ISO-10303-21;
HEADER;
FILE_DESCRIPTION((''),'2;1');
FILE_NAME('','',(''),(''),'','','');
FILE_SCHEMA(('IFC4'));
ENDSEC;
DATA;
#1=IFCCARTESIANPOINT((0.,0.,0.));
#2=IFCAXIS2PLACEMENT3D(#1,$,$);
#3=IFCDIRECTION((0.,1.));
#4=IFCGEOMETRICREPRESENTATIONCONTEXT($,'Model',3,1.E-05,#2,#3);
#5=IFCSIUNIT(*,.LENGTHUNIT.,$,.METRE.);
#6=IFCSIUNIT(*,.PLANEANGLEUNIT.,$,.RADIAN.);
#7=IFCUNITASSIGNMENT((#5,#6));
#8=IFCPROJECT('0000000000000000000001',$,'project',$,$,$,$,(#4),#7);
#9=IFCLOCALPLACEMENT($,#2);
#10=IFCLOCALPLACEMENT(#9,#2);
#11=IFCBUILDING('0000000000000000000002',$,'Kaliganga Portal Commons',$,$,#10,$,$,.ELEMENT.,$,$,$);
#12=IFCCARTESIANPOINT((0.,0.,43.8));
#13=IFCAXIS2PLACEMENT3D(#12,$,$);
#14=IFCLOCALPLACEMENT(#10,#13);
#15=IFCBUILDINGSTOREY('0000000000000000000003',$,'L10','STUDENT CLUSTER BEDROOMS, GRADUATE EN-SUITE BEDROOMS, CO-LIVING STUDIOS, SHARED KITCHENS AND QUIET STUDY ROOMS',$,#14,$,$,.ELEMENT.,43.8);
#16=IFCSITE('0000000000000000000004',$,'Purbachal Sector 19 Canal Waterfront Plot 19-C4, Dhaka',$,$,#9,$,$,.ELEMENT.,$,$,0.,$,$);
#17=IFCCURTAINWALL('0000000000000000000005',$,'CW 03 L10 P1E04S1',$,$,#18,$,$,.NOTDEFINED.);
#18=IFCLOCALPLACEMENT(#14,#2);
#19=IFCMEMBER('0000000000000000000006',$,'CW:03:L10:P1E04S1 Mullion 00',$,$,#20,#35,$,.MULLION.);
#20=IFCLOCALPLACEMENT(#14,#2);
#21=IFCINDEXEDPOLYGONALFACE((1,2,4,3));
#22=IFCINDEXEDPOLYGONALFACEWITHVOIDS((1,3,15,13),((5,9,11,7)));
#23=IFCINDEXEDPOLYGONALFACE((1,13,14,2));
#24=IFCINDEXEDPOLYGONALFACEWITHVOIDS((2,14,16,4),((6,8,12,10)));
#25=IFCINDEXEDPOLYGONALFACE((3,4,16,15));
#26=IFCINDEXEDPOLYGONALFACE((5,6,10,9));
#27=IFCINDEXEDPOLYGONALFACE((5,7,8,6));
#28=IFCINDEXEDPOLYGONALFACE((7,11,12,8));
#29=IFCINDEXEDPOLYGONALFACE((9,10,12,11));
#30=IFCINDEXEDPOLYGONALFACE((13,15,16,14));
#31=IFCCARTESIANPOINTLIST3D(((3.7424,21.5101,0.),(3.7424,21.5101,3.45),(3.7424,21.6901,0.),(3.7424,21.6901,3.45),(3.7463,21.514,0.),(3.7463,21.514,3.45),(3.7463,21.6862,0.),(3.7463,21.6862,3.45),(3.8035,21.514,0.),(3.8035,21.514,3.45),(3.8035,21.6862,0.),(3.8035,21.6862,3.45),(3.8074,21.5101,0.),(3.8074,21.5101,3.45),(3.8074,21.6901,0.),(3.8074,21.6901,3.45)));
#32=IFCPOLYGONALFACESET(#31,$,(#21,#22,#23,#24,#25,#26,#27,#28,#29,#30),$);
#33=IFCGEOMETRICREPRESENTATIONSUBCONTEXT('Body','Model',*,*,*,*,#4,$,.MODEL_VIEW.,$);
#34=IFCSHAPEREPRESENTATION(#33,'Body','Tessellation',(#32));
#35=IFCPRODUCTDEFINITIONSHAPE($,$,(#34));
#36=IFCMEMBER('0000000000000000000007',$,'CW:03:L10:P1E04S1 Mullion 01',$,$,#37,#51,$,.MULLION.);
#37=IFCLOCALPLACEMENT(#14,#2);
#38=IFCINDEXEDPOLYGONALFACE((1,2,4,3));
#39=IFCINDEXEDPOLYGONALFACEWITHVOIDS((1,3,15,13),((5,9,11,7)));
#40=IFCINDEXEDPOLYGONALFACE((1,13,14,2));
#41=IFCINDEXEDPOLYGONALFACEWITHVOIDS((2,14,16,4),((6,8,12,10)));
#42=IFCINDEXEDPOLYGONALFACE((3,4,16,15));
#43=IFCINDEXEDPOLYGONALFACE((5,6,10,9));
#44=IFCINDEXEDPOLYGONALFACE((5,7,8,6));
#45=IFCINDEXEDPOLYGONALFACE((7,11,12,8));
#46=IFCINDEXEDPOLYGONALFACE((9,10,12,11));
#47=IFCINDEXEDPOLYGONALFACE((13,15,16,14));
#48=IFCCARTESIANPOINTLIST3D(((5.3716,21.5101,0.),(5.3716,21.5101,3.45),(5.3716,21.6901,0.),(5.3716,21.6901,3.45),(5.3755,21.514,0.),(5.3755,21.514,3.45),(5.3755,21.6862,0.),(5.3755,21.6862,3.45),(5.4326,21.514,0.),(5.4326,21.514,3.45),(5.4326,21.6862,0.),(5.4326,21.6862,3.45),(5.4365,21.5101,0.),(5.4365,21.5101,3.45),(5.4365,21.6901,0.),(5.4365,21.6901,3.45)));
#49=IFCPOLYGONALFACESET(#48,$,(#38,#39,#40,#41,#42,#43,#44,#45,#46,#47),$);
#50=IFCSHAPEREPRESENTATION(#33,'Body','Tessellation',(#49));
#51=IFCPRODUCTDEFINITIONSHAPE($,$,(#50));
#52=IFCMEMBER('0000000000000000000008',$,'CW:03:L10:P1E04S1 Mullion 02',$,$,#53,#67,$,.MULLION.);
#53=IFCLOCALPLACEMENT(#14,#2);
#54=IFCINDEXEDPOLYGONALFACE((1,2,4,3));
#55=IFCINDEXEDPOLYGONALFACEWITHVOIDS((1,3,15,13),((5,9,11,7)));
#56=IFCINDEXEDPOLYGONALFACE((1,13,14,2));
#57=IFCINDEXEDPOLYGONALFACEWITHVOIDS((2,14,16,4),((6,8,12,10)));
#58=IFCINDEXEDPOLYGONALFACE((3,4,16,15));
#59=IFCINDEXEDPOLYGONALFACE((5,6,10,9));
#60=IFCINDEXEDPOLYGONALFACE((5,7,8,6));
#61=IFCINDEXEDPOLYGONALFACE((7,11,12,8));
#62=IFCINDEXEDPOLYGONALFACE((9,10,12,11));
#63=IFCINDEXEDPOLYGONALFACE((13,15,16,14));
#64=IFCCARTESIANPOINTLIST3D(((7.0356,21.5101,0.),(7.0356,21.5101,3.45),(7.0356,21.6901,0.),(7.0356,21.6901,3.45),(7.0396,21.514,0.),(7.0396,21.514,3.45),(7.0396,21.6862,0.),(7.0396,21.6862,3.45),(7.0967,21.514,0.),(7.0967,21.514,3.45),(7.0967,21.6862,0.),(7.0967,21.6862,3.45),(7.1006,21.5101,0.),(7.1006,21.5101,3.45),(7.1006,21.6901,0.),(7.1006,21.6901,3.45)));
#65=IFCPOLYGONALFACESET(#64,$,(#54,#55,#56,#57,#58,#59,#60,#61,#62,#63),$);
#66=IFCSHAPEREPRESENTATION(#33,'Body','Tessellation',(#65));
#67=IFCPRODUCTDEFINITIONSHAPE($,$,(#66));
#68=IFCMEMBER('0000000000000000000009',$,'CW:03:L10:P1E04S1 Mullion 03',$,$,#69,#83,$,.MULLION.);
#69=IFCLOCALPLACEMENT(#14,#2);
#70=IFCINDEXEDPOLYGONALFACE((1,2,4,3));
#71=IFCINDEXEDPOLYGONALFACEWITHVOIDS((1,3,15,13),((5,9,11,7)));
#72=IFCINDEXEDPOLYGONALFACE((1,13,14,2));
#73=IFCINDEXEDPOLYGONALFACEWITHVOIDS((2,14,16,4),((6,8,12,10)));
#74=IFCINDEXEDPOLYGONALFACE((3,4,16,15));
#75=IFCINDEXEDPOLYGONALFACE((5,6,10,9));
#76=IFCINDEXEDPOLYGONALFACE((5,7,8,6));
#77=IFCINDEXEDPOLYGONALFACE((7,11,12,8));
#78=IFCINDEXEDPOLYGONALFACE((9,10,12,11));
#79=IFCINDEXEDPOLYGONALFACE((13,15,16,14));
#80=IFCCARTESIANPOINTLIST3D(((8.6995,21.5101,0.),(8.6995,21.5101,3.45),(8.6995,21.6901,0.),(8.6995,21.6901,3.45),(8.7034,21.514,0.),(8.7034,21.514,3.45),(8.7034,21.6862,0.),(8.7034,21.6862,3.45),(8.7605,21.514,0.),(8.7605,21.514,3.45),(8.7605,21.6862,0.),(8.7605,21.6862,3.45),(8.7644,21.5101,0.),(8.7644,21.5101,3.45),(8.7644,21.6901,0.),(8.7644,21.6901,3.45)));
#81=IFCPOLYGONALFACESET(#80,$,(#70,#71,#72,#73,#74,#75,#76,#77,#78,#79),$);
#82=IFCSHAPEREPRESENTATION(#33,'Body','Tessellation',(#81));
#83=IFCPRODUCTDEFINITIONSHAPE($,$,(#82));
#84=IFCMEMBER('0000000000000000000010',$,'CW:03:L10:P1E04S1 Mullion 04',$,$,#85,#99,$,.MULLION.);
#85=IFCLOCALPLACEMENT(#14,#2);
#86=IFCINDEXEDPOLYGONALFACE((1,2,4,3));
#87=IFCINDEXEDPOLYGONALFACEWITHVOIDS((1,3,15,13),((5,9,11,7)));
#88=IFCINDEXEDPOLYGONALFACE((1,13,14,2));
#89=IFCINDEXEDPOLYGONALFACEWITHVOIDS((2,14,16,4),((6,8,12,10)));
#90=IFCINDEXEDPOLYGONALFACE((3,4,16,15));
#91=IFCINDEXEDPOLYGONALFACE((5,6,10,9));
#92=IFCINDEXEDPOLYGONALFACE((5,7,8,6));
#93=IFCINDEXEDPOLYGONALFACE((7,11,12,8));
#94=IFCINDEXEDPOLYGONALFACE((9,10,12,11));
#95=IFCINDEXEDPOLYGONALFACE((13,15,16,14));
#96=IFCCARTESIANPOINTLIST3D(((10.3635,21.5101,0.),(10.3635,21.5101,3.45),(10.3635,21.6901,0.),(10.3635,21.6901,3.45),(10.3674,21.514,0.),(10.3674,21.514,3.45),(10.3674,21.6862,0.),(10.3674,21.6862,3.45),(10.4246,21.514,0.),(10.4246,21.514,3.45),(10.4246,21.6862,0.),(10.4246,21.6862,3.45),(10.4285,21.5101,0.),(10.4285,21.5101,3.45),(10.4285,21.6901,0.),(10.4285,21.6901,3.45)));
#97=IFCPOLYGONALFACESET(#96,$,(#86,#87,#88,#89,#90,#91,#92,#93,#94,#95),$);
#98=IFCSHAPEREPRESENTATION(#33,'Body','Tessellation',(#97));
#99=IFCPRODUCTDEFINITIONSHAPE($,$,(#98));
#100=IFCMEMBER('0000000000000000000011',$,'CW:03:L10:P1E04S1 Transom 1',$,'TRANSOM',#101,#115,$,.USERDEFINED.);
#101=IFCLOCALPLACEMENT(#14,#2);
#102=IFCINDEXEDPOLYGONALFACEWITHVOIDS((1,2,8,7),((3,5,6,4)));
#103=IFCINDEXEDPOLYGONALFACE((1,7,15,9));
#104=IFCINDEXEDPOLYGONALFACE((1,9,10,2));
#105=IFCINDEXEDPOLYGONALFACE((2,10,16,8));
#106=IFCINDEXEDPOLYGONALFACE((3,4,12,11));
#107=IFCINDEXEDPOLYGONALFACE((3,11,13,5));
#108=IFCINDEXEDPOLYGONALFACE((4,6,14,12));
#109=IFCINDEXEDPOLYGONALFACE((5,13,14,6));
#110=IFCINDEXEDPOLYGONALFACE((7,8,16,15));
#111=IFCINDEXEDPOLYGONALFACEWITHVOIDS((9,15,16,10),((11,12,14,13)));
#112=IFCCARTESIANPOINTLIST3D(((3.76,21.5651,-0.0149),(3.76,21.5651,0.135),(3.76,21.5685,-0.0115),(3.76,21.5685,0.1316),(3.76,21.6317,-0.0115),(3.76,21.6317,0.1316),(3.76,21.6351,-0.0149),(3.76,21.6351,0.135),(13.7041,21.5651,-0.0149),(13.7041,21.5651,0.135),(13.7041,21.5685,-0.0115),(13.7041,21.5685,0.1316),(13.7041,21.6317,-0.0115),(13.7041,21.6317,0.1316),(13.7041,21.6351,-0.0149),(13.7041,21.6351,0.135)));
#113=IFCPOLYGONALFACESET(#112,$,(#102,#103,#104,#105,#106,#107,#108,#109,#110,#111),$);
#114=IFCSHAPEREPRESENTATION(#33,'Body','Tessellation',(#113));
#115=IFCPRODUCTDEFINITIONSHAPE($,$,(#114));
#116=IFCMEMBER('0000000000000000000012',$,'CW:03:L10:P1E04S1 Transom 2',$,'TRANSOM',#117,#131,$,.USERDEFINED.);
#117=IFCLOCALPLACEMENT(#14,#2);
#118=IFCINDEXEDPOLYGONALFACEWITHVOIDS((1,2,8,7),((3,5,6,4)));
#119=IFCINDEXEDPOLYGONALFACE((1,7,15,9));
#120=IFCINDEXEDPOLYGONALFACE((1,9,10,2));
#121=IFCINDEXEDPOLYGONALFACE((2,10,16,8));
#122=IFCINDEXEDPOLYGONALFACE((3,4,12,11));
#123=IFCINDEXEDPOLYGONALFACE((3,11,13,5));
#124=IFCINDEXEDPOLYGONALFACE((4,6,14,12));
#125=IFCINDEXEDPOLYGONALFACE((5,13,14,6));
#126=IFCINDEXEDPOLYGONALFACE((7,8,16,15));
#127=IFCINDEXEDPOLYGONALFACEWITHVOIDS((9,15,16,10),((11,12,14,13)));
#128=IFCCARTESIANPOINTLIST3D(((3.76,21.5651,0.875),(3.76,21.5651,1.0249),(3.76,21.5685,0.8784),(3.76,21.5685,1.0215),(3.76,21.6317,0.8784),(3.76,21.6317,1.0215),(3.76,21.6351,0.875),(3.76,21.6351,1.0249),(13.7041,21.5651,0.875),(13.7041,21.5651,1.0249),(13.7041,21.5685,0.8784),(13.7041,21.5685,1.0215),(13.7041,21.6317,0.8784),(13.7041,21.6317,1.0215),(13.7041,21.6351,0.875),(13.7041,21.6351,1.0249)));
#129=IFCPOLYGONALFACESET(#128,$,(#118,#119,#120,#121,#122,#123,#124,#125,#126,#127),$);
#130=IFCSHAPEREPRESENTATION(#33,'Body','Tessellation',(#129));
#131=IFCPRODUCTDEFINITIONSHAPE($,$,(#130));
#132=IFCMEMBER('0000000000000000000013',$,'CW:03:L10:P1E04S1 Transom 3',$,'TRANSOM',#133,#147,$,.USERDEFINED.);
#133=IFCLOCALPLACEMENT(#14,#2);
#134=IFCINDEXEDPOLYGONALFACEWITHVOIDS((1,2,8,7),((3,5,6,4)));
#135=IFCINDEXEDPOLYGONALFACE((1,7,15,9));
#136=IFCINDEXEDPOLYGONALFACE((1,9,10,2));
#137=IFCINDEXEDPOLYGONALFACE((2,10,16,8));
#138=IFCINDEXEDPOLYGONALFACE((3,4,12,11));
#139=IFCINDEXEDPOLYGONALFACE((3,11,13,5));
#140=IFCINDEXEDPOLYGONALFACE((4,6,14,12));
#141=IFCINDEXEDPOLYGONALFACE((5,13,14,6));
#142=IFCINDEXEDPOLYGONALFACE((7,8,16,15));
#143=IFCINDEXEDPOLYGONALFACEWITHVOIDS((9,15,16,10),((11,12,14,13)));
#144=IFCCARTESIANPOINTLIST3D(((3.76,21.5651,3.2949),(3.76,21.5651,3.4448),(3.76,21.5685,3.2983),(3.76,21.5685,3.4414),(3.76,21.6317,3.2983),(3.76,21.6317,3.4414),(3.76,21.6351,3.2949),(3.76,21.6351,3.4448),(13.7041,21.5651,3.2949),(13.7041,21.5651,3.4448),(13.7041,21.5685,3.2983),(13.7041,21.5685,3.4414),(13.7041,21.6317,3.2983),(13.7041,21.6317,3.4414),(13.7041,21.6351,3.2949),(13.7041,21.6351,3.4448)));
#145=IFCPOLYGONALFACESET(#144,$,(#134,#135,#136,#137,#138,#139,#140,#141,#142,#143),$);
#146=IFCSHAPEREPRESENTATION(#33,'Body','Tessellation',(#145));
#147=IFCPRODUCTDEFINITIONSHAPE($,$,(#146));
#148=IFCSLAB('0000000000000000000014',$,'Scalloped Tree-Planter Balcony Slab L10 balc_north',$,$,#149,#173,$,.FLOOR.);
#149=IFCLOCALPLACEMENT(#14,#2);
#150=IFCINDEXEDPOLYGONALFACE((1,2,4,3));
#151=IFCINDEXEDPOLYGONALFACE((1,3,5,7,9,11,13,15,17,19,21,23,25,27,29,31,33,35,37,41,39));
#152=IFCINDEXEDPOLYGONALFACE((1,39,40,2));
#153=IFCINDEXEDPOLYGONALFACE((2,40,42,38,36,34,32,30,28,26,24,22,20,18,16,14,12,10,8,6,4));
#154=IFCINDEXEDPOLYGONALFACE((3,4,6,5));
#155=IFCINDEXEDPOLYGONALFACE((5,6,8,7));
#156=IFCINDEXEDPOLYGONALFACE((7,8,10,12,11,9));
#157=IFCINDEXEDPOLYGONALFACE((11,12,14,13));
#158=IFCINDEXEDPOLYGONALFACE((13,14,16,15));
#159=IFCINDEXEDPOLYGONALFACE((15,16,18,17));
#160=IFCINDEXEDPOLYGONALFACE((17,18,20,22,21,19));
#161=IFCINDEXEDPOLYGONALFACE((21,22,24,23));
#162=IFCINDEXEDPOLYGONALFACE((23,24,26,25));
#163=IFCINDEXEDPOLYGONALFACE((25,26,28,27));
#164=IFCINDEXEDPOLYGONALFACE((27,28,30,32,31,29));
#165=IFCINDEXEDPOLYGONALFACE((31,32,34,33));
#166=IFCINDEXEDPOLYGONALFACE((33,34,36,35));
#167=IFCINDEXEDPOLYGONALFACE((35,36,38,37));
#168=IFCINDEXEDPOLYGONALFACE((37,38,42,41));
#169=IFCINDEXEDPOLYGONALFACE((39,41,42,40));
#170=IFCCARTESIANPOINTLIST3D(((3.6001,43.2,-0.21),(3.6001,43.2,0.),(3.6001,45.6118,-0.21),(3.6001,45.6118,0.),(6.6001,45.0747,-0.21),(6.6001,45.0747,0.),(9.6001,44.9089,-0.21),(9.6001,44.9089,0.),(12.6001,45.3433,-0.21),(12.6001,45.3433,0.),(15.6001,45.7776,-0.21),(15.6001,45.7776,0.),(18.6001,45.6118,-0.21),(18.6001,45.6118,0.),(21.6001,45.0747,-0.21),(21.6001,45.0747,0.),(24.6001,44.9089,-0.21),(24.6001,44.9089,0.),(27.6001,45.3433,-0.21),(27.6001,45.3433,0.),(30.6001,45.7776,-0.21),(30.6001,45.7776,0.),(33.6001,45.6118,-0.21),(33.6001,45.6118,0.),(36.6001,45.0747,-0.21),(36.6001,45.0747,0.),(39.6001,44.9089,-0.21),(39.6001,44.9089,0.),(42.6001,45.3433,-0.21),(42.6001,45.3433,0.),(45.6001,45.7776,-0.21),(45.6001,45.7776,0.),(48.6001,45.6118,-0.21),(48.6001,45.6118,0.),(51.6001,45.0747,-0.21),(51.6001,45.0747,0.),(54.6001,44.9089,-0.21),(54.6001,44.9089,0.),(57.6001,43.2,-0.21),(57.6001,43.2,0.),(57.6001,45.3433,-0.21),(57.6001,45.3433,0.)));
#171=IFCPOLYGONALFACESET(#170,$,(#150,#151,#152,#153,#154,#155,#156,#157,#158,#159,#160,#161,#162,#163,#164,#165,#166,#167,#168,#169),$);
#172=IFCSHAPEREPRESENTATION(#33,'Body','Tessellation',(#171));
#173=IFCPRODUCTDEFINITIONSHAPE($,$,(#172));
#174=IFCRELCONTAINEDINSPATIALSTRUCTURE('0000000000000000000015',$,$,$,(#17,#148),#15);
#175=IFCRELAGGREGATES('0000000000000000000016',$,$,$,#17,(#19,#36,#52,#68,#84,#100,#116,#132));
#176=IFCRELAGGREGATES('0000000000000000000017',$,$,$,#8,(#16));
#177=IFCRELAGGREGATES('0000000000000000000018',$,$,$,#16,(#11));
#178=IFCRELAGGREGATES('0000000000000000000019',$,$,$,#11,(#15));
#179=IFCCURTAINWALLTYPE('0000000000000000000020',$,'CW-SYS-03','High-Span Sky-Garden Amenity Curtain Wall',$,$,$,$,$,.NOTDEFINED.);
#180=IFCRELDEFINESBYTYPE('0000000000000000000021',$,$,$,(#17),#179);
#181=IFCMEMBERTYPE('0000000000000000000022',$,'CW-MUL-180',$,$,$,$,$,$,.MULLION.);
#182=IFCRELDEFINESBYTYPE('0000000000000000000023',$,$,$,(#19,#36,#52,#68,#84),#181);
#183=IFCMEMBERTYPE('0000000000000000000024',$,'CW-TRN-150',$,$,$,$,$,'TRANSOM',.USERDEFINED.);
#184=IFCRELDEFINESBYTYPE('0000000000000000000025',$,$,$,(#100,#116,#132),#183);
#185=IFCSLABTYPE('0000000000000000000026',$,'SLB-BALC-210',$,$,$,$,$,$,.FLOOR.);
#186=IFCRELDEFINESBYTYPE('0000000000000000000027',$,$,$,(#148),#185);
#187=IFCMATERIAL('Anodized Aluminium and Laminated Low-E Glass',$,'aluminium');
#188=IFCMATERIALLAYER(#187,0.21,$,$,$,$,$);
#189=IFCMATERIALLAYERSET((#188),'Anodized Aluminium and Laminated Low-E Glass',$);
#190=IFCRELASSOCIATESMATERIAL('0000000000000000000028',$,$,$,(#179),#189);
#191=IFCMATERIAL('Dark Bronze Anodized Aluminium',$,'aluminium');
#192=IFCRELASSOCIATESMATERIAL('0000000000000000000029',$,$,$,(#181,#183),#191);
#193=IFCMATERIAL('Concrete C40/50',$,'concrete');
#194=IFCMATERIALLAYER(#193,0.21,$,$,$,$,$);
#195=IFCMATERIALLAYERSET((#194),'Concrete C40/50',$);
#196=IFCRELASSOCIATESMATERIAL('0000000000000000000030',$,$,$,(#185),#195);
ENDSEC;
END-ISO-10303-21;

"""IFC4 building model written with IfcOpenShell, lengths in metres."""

from ifc_helpers import new_model, si_unit, direction, frame, origin, origin_2d, place, context, subcontext, project, spatial, polyline, hollow_rectangle, outline, extrude, source, transform, mapped, material, layer, layer_set, material_profile, profile_set, type_object, element, aggregate, save


model = new_model("IFC4")

# Units and contexts
model_context = context("Model", 3, precision=1e-05, world=origin(), true_north=direction((0.0, 1.0)))
body_context = subcontext(model_context, "Body", "Model", "MODEL_VIEW")
ifc_project = project(units=[si_unit("LENGTHUNIT", "METRE"), si_unit("PLANEANGLEUNIT", "RADIAN")], contexts=[model_context])

# Site, building, storey
site_placement = place(None, origin())
site = spatial("IfcSite", under=ifc_project, at=site_placement, Name="Purbachal Sector 19 Canal Waterfront Plot 19-C4, Dhaka", CompositionType="ELEMENT", RefElevation=0.0)
building_placement = place(site_placement, origin())
building = spatial("IfcBuilding", under=site, at=building_placement, Name="Kaliganga Portal Commons", CompositionType="ELEMENT")
storey_placement = place(building_placement, frame((0.0, 0.0, 43.8)))
storey = spatial("IfcBuildingStorey", under=building, at=storey_placement, Name="L10", Description="STUDENT CLUSTER BEDROOMS, GRADUATE EN-SUITE BEDROOMS, CO-LIVING STUDIOS, SHARED KITCHENS AND QUIET STUDY ROOMS", CompositionType="ELEMENT", Elevation=43.8)

# Curtain wall, members
ifc_material_1 = material(Name="Anodized Aluminium and Laminated Low-E Glass", Category="aluminium")
ifc_layer_1 = layer(ifc_material_1, 0.21)
ifc_layer_set_1 = layer_set([ifc_layer_1], Name="Anodized Aluminium and Laminated Low-E Glass")
curtain_wall_type = type_object("IfcCurtainWallType", Name="CW-SYS-03", Description="High-Span Sky-Garden Amenity Curtain Wall", PredefinedType="NOTDEFINED", material=ifc_layer_set_1)
curtain_wall_placement = place(storey_placement, origin())
curtain_wall = element("IfcCurtainWall", 1, at=curtain_wall_placement, inside=storey, type_object=curtain_wall_type, Name="CW 03 L10 P1E04S1", PredefinedType="NOTDEFINED")
ifc_material_2 = material(Name="Dark Bronze Anodized Aluminium", Category="aluminium")
ifc_material_profile_1 = material_profile(ifc_material_2, hollow_rectangle(XDim=0.0649, YDim=0.1799, WallThickness=0.0039, at=origin_2d()), Name="ALU MULL 65x180x4")
ifc_profile_set_1 = profile_set([ifc_material_profile_1], Name="Dark Bronze Anodized Aluminium")
member_type_1 = type_object("IfcMemberType", Name="CW-MUL-180", PredefinedType="MULLION", material=ifc_profile_set_1)
shared_shape_1 = source(origin(), body_context, "Body", "SweptSolid", [
    extrude(hollow_rectangle(XDim=0.0649, YDim=0.1799, WallThickness=0.0039, at=origin_2d()), origin(), (0.0, 0.0, 1.0), 3.45),
])
member_1_placement = place(storey_placement, frame((3.7749, 21.6001, 0.0), z_axis=(0.0, 0.0, 1.0), x_axis=(1.0, 0.0, 0.0)))
member_1 = element("IfcMember", 2, at=member_1_placement, type_object=member_type_1, Name="CW:03:L10:P1E04S1 Mullion 00", PredefinedType="MULLION", context=body_context, shape_type="MappedRepresentation", body=[
    mapped(shared_shape_1, transform((0.0, 0.0, 0.0), x_axis=(1.0, 0.0, 0.0), y_axis=(0.0, 1.0, 0.0), z_axis=(0.0, 0.0, 1.0), scale=1.0)),
])
member_2_placement = place(storey_placement, frame((5.4041, 21.6001, 0.0), z_axis=(0.0, 0.0, 1.0), x_axis=(1.0, 0.0, 0.0)))
member_2 = element("IfcMember", 3, at=member_2_placement, type_object=member_type_1, Name="CW:03:L10:P1E04S1 Mullion 01", PredefinedType="MULLION", context=body_context, shape_type="MappedRepresentation", body=[
    mapped(shared_shape_1, transform((0.0, 0.0, 0.0), x_axis=(1.0, 0.0, 0.0), y_axis=(0.0, 1.0, 0.0), z_axis=(0.0, 0.0, 1.0), scale=1.0)),
])
member_3_placement = place(storey_placement, frame((7.0681, 21.6001, 0.0), z_axis=(0.0, 0.0, 1.0), x_axis=(1.0, 0.0, 0.0)))
member_3 = element("IfcMember", 4, at=member_3_placement, type_object=member_type_1, Name="CW:03:L10:P1E04S1 Mullion 02", PredefinedType="MULLION", context=body_context, shape_type="MappedRepresentation", body=[
    mapped(shared_shape_1, transform((0.0, 0.0, 0.0), x_axis=(1.0, 0.0, 0.0), y_axis=(0.0, 1.0, 0.0), z_axis=(0.0, 0.0, 1.0), scale=1.0)),
])
member_4_placement = place(storey_placement, frame((8.7319, 21.6001, 0.0), z_axis=(0.0, 0.0, 1.0), x_axis=(1.0, 0.0, 0.0)))
member_4 = element("IfcMember", 5, at=member_4_placement, type_object=member_type_1, Name="CW:03:L10:P1E04S1 Mullion 03", PredefinedType="MULLION", context=body_context, shape_type="MappedRepresentation", body=[
    mapped(shared_shape_1, transform((0.0, 0.0, 0.0), x_axis=(1.0, 0.0, 0.0), y_axis=(0.0, 1.0, 0.0), z_axis=(0.0, 0.0, 1.0), scale=1.0)),
])
member_5_placement = place(storey_placement, frame((10.396, 21.6001, 0.0), z_axis=(0.0, 0.0, 1.0), x_axis=(1.0, 0.0, 0.0)))
member_5 = element("IfcMember", 6, at=member_5_placement, type_object=member_type_1, Name="CW:03:L10:P1E04S1 Mullion 04", PredefinedType="MULLION", context=body_context, shape_type="MappedRepresentation", body=[
    mapped(shared_shape_1, transform((0.0, 0.0, 0.0), x_axis=(1.0, 0.0, 0.0), y_axis=(0.0, 1.0, 0.0), z_axis=(0.0, 0.0, 1.0), scale=1.0)),
])
ifc_material_profile_2 = material_profile(ifc_material_2, hollow_rectangle(XDim=0.0701, YDim=0.1499, WallThickness=0.0034, at=origin_2d()), Name="ALU TRAN 70x150x3.5")
ifc_profile_set_2 = profile_set([ifc_material_profile_2], Name="Dark Bronze Anodized Aluminium")
member_type_2 = type_object("IfcMemberType", Name="CW-TRN-150", ElementType="TRANSOM", PredefinedType="USERDEFINED", material=ifc_profile_set_2)
shared_shape_2 = source(origin(), body_context, "Body", "SweptSolid", [
    extrude(hollow_rectangle(XDim=0.0701, YDim=0.1499, WallThickness=0.0034, at=origin_2d()), origin(), (0.0, 0.0, 1.0), 9.9441),
])
member_6_placement = place(storey_placement, frame((3.76, 21.6001, 0.0601), z_axis=(1.0, 0.0, 0.0), x_axis=(0.0, 1.0, 0.0)))
member_6 = element("IfcMember", 7, at=member_6_placement, type_object=member_type_2, Name="CW:03:L10:P1E04S1 Transom 1", ObjectType="TRANSOM", PredefinedType="USERDEFINED", context=body_context, shape_type="MappedRepresentation", body=[
    mapped(shared_shape_2, transform((0.0, 0.0, 0.0), x_axis=(1.0, 0.0, 0.0), y_axis=(0.0, 1.0, 0.0), z_axis=(0.0, 0.0, 1.0), scale=1.0)),
])
member_7_placement = place(storey_placement, frame((3.76, 21.6001, 0.95), z_axis=(1.0, 0.0, 0.0), x_axis=(0.0, 1.0, 0.0)))
member_7 = element("IfcMember", 8, at=member_7_placement, type_object=member_type_2, Name="CW:03:L10:P1E04S1 Transom 2", ObjectType="TRANSOM", PredefinedType="USERDEFINED", context=body_context, shape_type="MappedRepresentation", body=[
    mapped(shared_shape_2, transform((0.0, 0.0, 0.0), x_axis=(1.0, 0.0, 0.0), y_axis=(0.0, 1.0, 0.0), z_axis=(0.0, 0.0, 1.0), scale=1.0)),
])
member_8_placement = place(storey_placement, frame((3.76, 21.6001, 3.3699), z_axis=(1.0, 0.0, 0.0), x_axis=(0.0, 1.0, 0.0)))
member_8 = element("IfcMember", 9, at=member_8_placement, type_object=member_type_2, Name="CW:03:L10:P1E04S1 Transom 3", ObjectType="TRANSOM", PredefinedType="USERDEFINED", context=body_context, shape_type="MappedRepresentation", body=[
    mapped(shared_shape_2, transform((0.0, 0.0, 0.0), x_axis=(1.0, 0.0, 0.0), y_axis=(0.0, 1.0, 0.0), z_axis=(0.0, 0.0, 1.0), scale=1.0)),
])

# Slab
ifc_material_3 = material(Name="Concrete C40/50", Category="concrete")
ifc_layer_2 = layer(ifc_material_3, 0.21)
ifc_layer_set_2 = layer_set([ifc_layer_2], Name="Concrete C40/50")
slab_type_1 = type_object("IfcSlabType", Name="SLB-BALC-210", PredefinedType="FLOOR", material=ifc_layer_set_2)
slab_1_placement = place(storey_placement, frame((0.0, 0.0, -0.21)))
element("IfcSlab", 10, at=slab_1_placement, inside=storey, type_object=slab_type_1, Name="Scalloped Tree-Planter Balcony Slab L10 balc_north", PredefinedType="FLOOR", context=body_context, shape_type="SweptSolid", body=[
    extrude(outline(polyline([(57.6001, 43.2), (57.6001, 45.3433), (54.6001, 44.9089), (51.6001, 45.0747), (48.6001, 45.6118), (45.6001, 45.7776), (42.6001, 45.3433), (39.6001, 44.9089), (36.6001, 45.0747), (33.6001, 45.6118), (30.6001, 45.7776), (27.6001, 45.3433), (24.6001, 44.9089), (21.6001, 45.0747), (18.6001, 45.6118), (15.6001, 45.7776), (12.6001, 45.3433), (9.6001, 44.9089), (6.6001, 45.0747), (3.6001, 45.6118), (3.6001, 43.2), (57.6001, 43.2)])), origin(), (0.0, 0.0, 1.0), 0.21),
])

aggregate(curtain_wall, [member_1, member_2, member_3, member_4, member_5, member_6, member_7, member_8])

save(model, "model.ifc")
